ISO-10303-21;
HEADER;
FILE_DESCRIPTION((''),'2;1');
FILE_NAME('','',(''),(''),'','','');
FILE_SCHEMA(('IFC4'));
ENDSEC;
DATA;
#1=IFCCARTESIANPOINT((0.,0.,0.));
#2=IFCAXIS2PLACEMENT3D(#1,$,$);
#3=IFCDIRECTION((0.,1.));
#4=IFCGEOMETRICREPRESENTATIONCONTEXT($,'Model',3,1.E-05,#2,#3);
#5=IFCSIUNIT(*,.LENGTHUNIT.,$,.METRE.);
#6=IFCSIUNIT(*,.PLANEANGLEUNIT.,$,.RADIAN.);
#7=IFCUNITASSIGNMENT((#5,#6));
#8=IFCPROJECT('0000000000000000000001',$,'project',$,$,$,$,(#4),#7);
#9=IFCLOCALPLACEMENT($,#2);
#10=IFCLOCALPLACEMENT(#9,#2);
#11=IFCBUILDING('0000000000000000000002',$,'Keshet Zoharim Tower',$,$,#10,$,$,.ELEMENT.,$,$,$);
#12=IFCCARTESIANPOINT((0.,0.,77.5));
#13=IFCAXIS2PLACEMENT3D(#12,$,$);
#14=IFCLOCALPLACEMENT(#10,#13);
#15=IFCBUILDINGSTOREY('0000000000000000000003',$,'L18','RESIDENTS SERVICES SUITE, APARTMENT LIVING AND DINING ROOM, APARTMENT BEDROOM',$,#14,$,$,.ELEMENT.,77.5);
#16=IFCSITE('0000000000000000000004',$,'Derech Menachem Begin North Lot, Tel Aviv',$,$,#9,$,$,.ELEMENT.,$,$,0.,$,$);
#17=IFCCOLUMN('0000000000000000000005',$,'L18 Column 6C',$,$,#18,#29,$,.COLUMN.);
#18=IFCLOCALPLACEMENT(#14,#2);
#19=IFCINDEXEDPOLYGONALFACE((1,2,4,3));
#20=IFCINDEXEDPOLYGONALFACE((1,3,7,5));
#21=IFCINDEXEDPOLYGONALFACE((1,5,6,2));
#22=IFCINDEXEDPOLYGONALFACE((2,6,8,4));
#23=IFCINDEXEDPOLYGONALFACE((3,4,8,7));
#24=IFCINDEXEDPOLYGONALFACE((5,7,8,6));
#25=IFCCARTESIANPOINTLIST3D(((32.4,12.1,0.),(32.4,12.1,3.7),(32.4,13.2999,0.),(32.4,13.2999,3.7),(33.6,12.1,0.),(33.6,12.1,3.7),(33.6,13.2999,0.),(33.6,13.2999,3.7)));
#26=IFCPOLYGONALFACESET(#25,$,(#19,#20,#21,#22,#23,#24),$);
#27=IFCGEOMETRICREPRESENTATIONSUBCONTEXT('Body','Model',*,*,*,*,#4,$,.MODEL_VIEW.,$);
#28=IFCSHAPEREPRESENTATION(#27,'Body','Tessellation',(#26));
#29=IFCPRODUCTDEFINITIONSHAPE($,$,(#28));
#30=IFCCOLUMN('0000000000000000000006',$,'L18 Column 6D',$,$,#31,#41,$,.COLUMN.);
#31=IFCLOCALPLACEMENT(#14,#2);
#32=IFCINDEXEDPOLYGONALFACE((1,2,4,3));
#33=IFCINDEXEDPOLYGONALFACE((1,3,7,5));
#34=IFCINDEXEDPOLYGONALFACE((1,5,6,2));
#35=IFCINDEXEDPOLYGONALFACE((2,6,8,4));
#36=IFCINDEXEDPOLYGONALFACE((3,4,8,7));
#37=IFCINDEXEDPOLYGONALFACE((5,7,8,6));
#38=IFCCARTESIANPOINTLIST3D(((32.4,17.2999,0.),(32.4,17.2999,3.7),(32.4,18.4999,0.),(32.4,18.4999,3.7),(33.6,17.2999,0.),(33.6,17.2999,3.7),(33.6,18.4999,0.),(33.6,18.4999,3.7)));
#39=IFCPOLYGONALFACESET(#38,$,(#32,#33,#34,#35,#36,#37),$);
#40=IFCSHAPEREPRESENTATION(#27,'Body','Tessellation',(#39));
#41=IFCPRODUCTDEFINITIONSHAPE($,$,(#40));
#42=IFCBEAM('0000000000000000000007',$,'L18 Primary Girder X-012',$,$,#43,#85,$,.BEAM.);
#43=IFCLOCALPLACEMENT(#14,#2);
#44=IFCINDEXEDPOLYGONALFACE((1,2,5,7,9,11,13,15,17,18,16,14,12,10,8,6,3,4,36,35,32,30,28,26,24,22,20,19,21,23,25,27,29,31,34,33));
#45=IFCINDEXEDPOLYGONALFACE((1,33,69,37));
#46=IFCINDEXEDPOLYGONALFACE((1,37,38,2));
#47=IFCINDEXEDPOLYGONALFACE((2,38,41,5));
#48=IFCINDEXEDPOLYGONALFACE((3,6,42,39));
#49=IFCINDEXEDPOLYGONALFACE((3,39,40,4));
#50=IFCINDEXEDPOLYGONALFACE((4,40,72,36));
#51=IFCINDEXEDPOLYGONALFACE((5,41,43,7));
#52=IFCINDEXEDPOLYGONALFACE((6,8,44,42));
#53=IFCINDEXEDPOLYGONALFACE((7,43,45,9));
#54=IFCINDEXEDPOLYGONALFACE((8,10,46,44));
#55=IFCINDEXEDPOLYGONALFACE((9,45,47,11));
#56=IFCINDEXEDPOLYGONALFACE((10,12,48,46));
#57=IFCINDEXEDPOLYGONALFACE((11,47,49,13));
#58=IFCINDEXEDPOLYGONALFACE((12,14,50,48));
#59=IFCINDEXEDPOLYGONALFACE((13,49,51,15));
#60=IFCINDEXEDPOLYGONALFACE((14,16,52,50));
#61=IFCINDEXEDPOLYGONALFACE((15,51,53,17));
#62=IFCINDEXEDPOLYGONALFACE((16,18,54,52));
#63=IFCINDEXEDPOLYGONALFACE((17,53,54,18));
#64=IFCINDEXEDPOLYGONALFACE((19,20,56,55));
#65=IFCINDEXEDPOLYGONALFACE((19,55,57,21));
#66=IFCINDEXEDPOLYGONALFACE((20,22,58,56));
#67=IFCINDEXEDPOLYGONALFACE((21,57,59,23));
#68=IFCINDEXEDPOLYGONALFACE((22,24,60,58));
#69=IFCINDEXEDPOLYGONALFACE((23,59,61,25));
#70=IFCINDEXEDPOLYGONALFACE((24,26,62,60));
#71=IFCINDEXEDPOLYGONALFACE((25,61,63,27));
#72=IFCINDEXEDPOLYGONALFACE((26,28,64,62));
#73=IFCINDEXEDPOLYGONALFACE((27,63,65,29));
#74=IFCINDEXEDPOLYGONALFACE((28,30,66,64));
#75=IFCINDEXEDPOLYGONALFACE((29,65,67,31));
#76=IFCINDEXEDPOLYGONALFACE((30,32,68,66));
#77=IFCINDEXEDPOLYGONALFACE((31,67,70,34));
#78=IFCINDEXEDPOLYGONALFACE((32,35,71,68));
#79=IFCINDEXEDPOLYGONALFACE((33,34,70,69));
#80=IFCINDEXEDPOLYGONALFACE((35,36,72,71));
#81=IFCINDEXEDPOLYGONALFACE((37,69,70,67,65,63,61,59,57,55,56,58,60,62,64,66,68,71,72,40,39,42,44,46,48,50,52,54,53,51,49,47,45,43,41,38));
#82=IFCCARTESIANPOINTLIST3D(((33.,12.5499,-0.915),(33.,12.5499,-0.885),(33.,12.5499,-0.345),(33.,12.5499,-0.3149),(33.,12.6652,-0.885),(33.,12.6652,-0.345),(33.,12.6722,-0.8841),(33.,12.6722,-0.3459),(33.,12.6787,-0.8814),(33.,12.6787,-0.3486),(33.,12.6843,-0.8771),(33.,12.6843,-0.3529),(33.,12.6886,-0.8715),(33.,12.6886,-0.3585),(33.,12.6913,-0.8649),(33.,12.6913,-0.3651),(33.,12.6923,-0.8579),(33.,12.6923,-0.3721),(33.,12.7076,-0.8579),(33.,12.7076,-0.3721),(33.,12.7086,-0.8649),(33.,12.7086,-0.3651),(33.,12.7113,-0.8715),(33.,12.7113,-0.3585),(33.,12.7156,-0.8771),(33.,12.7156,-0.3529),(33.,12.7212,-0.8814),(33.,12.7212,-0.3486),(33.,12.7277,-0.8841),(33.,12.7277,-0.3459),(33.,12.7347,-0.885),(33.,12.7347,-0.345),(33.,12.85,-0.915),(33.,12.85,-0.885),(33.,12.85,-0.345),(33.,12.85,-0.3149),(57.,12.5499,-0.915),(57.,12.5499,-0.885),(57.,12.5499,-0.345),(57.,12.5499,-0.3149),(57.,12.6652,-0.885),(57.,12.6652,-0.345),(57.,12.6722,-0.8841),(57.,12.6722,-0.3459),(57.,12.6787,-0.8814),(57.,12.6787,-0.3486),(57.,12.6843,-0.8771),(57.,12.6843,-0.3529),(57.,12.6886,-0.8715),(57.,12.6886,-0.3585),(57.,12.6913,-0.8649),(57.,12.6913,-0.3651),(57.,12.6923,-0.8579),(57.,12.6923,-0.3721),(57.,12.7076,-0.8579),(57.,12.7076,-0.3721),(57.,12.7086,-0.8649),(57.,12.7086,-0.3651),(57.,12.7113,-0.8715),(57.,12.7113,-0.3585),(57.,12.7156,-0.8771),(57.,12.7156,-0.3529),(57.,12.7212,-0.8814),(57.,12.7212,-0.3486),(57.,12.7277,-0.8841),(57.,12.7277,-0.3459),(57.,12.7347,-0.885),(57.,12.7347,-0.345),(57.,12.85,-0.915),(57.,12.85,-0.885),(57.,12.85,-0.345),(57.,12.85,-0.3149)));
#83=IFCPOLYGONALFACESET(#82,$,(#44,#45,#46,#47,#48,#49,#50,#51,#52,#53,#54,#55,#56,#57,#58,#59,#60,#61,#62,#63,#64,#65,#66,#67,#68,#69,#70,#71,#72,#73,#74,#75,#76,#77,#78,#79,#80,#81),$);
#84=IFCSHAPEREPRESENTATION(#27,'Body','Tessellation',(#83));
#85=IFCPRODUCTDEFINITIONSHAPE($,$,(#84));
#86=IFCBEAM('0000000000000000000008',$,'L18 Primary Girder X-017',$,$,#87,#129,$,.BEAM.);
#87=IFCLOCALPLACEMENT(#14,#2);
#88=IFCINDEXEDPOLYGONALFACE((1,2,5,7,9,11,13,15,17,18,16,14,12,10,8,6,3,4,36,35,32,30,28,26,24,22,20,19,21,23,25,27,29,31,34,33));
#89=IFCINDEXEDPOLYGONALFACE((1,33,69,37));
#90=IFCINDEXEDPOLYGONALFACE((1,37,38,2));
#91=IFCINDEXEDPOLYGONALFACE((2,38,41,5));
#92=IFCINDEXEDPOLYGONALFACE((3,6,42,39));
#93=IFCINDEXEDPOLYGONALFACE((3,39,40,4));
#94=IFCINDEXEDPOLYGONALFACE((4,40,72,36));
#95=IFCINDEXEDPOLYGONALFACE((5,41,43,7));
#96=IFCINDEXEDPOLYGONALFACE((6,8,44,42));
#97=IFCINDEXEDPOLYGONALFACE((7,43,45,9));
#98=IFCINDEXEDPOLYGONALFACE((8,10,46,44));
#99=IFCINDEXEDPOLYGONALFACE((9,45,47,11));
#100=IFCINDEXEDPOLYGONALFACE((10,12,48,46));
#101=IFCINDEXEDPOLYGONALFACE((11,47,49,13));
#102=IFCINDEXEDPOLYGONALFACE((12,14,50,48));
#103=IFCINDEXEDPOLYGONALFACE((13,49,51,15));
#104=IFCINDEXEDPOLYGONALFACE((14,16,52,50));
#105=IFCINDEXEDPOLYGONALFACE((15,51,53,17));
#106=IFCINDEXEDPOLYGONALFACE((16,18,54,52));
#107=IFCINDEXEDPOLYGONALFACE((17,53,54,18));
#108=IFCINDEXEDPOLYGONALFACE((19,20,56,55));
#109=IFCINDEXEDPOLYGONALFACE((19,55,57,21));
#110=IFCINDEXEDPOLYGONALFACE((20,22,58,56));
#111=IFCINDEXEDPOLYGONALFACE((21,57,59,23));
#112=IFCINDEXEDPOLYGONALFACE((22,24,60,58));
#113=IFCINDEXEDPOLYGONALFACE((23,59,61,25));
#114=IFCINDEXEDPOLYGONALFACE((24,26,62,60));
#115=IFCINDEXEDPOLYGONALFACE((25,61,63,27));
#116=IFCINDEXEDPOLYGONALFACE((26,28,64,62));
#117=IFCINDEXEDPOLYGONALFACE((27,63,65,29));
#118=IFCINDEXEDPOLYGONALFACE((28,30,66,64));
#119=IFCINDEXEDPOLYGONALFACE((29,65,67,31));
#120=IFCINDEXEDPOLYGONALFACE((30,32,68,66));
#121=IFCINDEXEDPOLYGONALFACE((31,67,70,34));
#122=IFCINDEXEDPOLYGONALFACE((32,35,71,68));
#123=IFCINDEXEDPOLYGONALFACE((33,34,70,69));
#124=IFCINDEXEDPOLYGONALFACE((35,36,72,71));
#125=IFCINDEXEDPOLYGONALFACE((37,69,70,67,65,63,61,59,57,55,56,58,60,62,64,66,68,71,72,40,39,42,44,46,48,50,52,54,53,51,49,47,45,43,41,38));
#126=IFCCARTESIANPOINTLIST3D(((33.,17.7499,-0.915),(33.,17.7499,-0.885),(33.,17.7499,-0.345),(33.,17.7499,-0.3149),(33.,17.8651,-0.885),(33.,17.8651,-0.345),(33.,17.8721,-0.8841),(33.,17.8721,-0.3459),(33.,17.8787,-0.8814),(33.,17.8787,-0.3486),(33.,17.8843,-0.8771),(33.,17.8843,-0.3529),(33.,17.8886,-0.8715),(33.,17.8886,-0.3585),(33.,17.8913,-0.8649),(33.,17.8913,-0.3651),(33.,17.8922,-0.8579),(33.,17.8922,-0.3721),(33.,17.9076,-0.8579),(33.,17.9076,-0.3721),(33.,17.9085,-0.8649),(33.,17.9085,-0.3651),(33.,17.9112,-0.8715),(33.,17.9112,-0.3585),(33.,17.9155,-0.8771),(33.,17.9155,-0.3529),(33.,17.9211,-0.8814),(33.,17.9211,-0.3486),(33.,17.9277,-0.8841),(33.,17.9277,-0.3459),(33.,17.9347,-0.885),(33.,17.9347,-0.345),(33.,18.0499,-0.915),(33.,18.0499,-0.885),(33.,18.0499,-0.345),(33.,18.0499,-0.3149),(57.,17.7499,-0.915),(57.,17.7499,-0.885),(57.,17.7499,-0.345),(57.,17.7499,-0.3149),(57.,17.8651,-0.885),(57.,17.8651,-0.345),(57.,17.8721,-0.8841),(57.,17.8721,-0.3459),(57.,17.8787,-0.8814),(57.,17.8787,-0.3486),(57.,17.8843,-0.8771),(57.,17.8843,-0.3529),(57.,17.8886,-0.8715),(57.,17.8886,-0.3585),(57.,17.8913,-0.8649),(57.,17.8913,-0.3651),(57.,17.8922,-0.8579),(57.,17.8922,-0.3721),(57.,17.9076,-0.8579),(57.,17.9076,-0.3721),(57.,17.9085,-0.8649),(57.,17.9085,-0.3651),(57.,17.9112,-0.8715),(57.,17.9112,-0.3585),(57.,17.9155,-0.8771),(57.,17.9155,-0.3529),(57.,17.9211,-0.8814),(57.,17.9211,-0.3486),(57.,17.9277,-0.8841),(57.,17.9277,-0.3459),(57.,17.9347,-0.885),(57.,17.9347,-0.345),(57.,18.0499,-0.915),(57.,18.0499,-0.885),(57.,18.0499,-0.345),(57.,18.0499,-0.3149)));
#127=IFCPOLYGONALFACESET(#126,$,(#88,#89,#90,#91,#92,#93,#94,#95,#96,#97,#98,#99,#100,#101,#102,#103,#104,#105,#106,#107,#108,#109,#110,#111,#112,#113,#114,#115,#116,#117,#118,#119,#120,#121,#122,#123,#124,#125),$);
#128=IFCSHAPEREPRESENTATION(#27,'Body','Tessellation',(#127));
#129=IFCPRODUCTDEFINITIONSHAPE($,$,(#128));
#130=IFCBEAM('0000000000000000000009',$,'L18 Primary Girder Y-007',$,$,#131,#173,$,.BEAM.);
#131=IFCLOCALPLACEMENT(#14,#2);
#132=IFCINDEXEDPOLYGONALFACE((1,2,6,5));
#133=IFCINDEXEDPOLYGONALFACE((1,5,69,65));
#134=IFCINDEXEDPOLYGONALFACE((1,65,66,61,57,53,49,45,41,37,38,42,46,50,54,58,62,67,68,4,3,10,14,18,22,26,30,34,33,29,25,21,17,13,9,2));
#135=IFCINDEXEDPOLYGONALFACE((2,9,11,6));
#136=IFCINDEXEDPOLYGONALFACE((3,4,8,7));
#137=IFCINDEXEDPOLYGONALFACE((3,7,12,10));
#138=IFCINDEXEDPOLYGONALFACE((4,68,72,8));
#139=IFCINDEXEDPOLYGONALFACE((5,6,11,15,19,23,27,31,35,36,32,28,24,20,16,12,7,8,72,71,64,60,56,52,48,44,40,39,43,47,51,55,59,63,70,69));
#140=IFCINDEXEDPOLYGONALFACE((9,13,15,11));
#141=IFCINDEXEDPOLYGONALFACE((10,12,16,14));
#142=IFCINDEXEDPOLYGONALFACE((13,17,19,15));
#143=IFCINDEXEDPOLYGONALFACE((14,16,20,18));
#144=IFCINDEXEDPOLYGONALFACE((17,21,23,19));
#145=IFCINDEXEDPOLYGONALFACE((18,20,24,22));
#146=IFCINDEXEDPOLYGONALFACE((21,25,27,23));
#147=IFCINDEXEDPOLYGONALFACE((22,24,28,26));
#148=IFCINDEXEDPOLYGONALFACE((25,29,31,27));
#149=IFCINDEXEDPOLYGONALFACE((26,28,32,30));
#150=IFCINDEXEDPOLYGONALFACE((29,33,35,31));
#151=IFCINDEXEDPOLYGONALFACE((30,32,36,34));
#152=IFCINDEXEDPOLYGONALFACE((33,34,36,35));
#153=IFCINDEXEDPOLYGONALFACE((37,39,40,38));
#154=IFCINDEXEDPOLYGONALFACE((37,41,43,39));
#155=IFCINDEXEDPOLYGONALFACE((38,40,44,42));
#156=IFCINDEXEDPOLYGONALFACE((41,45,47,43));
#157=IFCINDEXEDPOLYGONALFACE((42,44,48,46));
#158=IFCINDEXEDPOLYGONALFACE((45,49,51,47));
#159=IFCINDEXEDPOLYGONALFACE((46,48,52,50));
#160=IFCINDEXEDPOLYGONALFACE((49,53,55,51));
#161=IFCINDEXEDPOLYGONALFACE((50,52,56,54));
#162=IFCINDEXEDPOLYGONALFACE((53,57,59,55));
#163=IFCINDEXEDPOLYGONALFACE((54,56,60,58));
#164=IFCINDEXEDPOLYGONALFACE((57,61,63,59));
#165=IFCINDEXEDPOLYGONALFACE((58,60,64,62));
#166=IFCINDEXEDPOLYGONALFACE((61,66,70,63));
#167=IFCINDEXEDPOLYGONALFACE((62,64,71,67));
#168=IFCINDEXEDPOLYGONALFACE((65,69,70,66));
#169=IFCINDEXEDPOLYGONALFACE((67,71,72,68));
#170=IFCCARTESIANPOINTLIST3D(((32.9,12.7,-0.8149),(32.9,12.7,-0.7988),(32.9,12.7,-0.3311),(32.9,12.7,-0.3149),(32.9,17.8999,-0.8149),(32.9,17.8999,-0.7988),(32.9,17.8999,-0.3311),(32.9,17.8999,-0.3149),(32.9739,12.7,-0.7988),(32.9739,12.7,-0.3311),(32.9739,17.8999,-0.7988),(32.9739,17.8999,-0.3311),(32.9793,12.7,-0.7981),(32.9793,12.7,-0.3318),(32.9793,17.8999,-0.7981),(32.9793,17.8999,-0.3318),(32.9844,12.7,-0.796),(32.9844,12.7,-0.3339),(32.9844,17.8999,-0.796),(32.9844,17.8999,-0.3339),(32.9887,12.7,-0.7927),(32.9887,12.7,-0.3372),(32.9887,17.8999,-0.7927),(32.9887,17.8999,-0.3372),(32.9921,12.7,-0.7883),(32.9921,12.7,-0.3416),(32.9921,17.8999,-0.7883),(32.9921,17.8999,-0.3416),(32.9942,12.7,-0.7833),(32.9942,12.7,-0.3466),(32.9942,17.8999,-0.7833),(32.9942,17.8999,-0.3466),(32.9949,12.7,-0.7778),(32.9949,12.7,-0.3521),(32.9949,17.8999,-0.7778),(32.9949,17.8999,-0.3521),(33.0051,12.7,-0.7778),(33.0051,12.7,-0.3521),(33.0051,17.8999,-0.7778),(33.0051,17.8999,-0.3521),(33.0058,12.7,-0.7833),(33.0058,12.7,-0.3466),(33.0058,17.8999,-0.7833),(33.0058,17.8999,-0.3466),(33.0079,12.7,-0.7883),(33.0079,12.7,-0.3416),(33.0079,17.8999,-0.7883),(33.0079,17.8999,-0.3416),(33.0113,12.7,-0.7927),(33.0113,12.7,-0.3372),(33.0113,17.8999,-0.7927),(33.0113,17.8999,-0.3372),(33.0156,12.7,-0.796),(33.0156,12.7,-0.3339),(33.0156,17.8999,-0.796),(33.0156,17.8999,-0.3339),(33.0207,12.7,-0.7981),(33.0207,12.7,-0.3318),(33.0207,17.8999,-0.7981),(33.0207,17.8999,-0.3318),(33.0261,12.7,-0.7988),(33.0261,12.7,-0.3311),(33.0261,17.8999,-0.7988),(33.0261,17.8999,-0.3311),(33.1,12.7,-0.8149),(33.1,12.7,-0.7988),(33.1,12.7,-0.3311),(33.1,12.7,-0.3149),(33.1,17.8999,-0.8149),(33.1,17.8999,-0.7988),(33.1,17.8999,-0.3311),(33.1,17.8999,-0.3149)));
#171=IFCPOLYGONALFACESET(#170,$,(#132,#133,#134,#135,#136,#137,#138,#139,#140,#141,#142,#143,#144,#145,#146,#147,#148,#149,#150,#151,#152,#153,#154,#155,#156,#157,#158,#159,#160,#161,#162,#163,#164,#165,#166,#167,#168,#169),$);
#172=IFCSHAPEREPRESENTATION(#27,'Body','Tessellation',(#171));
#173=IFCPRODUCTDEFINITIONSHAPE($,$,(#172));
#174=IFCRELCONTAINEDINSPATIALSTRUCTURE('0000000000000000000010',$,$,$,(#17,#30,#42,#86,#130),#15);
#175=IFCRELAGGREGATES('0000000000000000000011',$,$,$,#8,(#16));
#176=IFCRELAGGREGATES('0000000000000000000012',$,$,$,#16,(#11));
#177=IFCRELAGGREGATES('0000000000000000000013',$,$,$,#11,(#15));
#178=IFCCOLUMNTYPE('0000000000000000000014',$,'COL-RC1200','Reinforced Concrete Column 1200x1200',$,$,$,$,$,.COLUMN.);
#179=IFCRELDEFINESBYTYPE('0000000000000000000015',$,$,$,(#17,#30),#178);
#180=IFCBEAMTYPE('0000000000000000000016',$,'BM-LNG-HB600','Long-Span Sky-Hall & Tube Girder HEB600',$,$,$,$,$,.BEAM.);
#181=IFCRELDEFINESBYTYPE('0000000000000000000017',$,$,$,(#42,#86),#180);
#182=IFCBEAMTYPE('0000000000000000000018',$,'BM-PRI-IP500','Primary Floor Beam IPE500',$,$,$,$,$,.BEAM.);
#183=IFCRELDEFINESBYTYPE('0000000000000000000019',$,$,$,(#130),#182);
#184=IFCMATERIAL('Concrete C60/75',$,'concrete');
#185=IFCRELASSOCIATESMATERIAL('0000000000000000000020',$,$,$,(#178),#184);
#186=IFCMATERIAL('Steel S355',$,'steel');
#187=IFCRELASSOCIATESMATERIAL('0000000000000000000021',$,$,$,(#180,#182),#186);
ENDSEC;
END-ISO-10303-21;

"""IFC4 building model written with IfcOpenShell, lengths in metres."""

from ifc_helpers import new_model, si_unit, direction, frame, origin, origin_2d, place, context, subcontext, project, spatial, rectangle, i_section, extrude, material, material_profile, profile_set, type_object, element, save


model = new_model("IFC4")

# Units and contexts
model_context = context("Model", 3, precision=1e-05, world=origin(), true_north=direction((0.0, 1.0)))
body_context = subcontext(model_context, "Body", "Model", "MODEL_VIEW")
ifc_project = project(units=[si_unit("LENGTHUNIT", "METRE"), si_unit("PLANEANGLEUNIT", "RADIAN")], contexts=[model_context])

# Site, building, storey
site_placement = place(None, origin())
site = spatial("IfcSite", under=ifc_project, at=site_placement, Name="Derech Menachem Begin North Lot, Tel Aviv", CompositionType="ELEMENT", RefElevation=0.0)
building_placement = place(site_placement, origin())
building = spatial("IfcBuilding", under=site, at=building_placement, Name="Keshet Zoharim Tower", CompositionType="ELEMENT")
storey_placement = place(building_placement, frame((0.0, 0.0, 77.5)))
storey = spatial("IfcBuildingStorey", under=building, at=storey_placement, Name="L18", Description="RESIDENTS SERVICES SUITE, APARTMENT LIVING AND DINING ROOM, APARTMENT BEDROOM", CompositionType="ELEMENT", Elevation=77.5)

# Columns
ifc_material_1 = material(Name="Concrete C60/75", Category="concrete")
ifc_material_profile_1 = material_profile(ifc_material_1, rectangle(XDim=1.2, YDim=1.2, at=origin_2d()), Name="RC1200x1200")
ifc_profile_set_1 = profile_set([ifc_material_profile_1], Name="Concrete C60/75")
column_type = type_object("IfcColumnType", Name="COL-RC1200", Description="Reinforced Concrete Column 1200x1200", PredefinedType="COLUMN", material=ifc_profile_set_1)
for number, where, z_axis, x_axis, name in (
    (1, (33.0, 12.7, 0.0), (0.0, 0.0, 1.0), (1.0, 0.0, 0.0), "L18 Column 6C"),
    (2, (33.0, 17.8999, 0.0), (0.0, 0.0, 1.0), (1.0, 0.0, 0.0), "L18 Column 6D"),
):
    element("IfcColumn", number, at=place(storey_placement, frame(where, z_axis=z_axis, x_axis=x_axis)), inside=storey, type_object=column_type, Name=name, PredefinedType="COLUMN", context=body_context, shape_type="SweptSolid", body=[
        extrude(rectangle(XDim=1.2, YDim=1.2, at=origin_2d()), origin(), (0.0, 0.0, 1.0), 3.7),
    ])

# Beams
ifc_material_2 = material(Name="Steel S355", Category="steel")
ifc_material_profile_2 = material_profile(ifc_material_2, i_section(OverallWidth=0.3, OverallDepth=0.6001, WebThickness=0.0154, FlangeThickness=0.03, FilletRadius=0.0271, at=origin_2d()), Name="HEB600")
ifc_profile_set_2 = profile_set([ifc_material_profile_2], Name="Steel S355")
beam_type_1 = type_object("IfcBeamType", Name="BM-LNG-HB600", Description="Long-Span Sky-Hall & Tube Girder HEB600", PredefinedType="BEAM", material=ifc_profile_set_2)
for number, where, z_axis, x_axis, name in (
    (3, (33.0, 12.7, -0.615), (1.0, 0.0, 0.0), (0.0, 1.0, 0.0), "L18 Primary Girder X-012"),
    (4, (33.0, 17.8999, -0.615), (1.0, 0.0, 0.0), (0.0, 1.0, 0.0), "L18 Primary Girder X-017"),
):
    element("IfcBeam", number, at=place(storey_placement, frame(where, z_axis=z_axis, x_axis=x_axis)), inside=storey, type_object=beam_type_1, Name=name, PredefinedType="BEAM", context=body_context, shape_type="SweptSolid", body=[
        extrude(i_section(OverallWidth=0.3, OverallDepth=0.6001, WebThickness=0.0154, FlangeThickness=0.03, FilletRadius=0.0271, at=origin_2d()), origin(), (0.0, 0.0, 1.0), 24.0),
    ])
ifc_material_profile_3 = material_profile(ifc_material_2, i_section(OverallWidth=0.2, OverallDepth=0.5, WebThickness=0.0103, FlangeThickness=0.0161, FilletRadius=0.021, at=origin_2d()), Name="IPE500")
ifc_profile_set_3 = profile_set([ifc_material_profile_3], Name="Steel S355")
beam_type_2 = type_object("IfcBeamType", Name="BM-PRI-IP500", Description="Primary Floor Beam IPE500", PredefinedType="BEAM", material=ifc_profile_set_3)
beam_1_placement = place(storey_placement, frame((33.0, 12.7, -0.5649), z_axis=(0.0, 1.0, 0.0), x_axis=(-1.0, 0.0, 0.0)))
element("IfcBeam", 5, at=beam_1_placement, inside=storey, type_object=beam_type_2, Name="L18 Primary Girder Y-007", PredefinedType="BEAM", context=body_context, shape_type="SweptSolid", body=[
    extrude(i_section(OverallWidth=0.2, OverallDepth=0.5, WebThickness=0.0103, FlangeThickness=0.0161, FilletRadius=0.021, at=origin_2d()), origin(), (0.0, 0.0, 1.0), 5.2),
])

save(model, "model.ifc")
